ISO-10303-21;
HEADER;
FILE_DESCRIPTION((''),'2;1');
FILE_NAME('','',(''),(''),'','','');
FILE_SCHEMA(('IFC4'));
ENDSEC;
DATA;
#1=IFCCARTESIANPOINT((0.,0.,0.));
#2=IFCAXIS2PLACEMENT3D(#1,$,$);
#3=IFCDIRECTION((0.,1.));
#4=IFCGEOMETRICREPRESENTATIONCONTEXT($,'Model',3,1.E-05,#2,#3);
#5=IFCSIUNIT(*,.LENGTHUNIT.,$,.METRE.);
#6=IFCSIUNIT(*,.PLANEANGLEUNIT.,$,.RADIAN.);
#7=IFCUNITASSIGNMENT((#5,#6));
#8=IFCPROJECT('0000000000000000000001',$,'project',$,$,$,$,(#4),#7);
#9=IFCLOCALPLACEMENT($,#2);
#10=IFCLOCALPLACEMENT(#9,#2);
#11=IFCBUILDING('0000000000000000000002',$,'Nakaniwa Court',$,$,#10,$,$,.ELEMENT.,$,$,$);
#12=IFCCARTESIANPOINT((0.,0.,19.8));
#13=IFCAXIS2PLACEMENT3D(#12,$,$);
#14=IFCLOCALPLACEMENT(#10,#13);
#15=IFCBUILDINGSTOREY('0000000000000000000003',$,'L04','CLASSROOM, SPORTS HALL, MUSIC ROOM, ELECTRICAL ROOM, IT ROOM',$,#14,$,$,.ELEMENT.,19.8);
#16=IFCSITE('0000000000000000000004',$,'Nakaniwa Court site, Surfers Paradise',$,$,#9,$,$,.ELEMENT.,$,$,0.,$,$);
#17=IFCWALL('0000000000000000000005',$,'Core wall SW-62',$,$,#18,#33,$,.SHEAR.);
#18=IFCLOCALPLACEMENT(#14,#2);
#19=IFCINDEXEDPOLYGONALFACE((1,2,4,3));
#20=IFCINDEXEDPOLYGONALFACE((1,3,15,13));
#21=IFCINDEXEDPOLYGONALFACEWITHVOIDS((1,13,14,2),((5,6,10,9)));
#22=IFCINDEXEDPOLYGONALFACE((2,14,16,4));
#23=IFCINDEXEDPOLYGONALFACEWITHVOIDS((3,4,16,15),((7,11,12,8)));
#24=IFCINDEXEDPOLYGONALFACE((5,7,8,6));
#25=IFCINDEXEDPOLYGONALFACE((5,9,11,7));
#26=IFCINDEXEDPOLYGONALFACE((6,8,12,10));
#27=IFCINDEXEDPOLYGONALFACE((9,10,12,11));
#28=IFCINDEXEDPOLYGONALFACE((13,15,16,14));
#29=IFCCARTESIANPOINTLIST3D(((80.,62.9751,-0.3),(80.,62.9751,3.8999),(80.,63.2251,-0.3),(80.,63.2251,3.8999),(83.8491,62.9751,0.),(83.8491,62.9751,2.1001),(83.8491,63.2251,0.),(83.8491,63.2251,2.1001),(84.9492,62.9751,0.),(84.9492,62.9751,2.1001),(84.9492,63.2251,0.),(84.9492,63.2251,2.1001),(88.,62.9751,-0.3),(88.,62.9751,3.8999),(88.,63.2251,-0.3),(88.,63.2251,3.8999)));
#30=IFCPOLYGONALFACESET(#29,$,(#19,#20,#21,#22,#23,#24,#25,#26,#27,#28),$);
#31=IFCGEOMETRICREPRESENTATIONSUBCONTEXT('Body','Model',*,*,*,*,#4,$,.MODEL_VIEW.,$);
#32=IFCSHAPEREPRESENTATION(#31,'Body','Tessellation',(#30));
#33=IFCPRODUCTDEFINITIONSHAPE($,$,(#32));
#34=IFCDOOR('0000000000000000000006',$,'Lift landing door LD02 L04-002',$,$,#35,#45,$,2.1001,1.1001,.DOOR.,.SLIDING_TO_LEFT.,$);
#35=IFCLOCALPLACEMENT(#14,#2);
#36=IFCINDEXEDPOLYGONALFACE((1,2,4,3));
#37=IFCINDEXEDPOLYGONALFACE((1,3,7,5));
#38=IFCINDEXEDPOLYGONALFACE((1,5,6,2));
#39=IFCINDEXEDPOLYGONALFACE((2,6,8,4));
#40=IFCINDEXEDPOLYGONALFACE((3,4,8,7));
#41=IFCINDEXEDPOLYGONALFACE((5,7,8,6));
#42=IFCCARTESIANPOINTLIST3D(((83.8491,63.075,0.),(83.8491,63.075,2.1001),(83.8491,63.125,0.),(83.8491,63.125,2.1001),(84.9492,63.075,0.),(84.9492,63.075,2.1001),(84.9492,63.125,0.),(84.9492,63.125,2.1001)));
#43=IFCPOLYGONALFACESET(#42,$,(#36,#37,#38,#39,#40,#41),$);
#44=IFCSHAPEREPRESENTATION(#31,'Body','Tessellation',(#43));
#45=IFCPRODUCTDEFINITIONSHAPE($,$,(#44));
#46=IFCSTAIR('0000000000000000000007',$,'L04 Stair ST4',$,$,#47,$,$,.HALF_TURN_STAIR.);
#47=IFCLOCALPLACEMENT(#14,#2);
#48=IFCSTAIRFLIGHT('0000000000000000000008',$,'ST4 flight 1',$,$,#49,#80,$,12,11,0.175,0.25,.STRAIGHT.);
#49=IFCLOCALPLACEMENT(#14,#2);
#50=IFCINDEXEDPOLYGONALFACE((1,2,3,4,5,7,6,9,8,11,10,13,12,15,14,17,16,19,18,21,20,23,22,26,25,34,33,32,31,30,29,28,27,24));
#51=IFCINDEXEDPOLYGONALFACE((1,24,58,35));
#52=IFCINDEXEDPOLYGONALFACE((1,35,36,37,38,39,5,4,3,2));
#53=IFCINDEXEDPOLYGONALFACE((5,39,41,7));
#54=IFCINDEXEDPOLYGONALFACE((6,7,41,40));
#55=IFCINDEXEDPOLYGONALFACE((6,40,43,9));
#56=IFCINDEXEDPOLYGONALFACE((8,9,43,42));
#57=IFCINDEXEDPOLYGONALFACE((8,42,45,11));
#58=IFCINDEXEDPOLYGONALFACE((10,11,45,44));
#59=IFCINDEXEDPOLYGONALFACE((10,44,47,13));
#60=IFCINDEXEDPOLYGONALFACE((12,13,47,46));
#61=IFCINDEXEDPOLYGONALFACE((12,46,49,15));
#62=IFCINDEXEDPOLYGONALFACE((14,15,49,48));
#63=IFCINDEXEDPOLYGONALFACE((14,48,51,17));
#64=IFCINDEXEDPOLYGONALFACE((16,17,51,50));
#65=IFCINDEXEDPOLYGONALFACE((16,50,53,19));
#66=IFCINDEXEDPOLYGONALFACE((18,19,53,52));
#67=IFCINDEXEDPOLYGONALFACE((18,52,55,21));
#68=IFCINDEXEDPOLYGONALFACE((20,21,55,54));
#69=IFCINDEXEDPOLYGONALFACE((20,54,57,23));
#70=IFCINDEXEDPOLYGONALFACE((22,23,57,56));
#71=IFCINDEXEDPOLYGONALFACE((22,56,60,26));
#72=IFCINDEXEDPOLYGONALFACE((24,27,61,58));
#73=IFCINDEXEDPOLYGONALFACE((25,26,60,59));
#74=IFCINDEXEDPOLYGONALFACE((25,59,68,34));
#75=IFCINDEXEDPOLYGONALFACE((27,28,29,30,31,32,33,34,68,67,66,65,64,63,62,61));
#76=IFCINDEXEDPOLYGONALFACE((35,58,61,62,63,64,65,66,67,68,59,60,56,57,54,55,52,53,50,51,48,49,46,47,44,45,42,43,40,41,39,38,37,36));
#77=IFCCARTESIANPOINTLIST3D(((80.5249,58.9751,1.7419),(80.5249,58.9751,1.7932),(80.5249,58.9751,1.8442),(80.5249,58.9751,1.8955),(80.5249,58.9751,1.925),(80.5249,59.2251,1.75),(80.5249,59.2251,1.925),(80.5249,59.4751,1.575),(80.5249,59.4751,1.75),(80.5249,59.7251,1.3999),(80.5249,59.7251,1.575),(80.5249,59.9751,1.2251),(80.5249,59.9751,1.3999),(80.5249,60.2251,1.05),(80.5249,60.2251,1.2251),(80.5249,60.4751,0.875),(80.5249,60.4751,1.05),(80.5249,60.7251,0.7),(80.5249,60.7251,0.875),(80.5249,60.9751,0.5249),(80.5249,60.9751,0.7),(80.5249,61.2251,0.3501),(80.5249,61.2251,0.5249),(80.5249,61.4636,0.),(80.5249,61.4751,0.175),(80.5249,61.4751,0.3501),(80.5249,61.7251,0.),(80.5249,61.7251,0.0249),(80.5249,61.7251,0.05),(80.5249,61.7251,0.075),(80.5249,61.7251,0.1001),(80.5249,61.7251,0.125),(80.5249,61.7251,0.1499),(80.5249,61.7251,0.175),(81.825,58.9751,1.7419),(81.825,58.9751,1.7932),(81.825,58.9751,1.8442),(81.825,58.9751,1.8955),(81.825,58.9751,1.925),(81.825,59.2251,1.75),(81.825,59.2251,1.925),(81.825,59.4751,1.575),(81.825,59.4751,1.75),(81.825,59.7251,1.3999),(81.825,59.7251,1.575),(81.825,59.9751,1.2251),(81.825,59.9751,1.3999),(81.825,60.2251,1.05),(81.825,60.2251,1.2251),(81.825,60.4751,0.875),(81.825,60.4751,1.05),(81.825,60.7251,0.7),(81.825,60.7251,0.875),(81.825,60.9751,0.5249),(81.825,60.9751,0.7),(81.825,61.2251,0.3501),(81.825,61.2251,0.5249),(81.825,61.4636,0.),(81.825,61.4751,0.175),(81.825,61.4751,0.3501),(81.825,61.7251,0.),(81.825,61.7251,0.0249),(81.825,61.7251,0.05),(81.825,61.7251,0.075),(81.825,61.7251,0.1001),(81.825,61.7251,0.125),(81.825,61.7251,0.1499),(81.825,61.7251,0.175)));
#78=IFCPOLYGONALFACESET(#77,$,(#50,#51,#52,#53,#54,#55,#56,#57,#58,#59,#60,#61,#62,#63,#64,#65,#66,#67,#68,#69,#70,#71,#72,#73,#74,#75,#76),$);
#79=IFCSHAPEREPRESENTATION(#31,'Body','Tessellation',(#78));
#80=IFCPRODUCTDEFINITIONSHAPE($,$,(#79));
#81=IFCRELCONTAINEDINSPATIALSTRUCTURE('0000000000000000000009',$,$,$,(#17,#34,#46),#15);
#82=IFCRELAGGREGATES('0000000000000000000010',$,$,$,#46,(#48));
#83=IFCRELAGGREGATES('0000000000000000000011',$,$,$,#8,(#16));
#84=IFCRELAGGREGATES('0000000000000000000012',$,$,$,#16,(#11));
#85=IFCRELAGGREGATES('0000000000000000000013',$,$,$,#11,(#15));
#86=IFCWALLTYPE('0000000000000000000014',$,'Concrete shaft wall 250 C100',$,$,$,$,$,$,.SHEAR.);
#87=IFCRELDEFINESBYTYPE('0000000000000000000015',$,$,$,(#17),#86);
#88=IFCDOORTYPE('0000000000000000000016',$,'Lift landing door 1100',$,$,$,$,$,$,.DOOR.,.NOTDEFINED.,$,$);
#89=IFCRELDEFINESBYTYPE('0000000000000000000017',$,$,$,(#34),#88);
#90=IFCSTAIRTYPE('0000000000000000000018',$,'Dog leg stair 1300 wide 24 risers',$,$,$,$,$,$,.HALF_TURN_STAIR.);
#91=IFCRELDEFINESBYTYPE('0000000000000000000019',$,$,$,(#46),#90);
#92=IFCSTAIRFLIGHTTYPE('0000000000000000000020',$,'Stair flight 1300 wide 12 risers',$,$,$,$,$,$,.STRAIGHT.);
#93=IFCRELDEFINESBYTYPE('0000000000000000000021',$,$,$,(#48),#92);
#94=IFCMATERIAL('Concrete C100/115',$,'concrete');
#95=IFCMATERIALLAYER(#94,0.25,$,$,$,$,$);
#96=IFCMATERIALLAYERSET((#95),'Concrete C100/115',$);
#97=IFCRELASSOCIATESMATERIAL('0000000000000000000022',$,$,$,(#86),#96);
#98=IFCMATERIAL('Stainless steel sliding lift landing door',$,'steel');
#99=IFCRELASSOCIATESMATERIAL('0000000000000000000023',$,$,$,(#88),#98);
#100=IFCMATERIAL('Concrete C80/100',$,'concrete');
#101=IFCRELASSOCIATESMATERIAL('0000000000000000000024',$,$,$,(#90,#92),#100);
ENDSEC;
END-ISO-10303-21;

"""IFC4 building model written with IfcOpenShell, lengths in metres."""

from ifc_helpers import new_model, si_unit, direction, frame, frame_2d, origin, place, context, subcontext, project, spatial, polyline, rectangle, outline, extrude, material, layer, layer_set, type_object, element, fill, aggregate, save


model = new_model("IFC4")

# Units and contexts
model_context = context("Model", 3, precision=1e-05, world=origin(), true_north=direction((0.0, 1.0)))
body_context = subcontext(model_context, "Body", "Model", "MODEL_VIEW")
ifc_project = project(units=[si_unit("LENGTHUNIT", "METRE"), si_unit("PLANEANGLEUNIT", "RADIAN")], contexts=[model_context])

# Site, building, storey
site_placement = place(None, origin())
site = spatial("IfcSite", under=ifc_project, at=site_placement, Name="Nakaniwa Court site, Surfers Paradise", CompositionType="ELEMENT", RefElevation=0.0)
building_placement = place(site_placement, origin())
building = spatial("IfcBuilding", under=site, at=building_placement, Name="Nakaniwa Court", CompositionType="ELEMENT")
storey_placement = place(building_placement, frame((0.0, 0.0, 19.8)))
storey = spatial("IfcBuildingStorey", under=building, at=storey_placement, Name="L04", Description="CLASSROOM, SPORTS HALL, MUSIC ROOM, ELECTRICAL ROOM, IT ROOM", CompositionType="ELEMENT", Elevation=19.8)

# Shared definitions
ifc_material_1 = material(Name="Concrete C100/115", Category="concrete")
ifc_layer_1 = layer(ifc_material_1, 0.25)
ifc_layer_set_1 = layer_set([ifc_layer_1], Name="Concrete C100/115")
wall_type_1 = type_object("IfcWallType", Name="Concrete shaft wall 250 C100", PredefinedType="SHEAR", material=ifc_layer_set_1)

# Wall, opening, door
wall_1_placement = place(storey_placement, frame((80.0, 63.1001, -0.3), z_axis=(0.0, 0.0, 1.0), x_axis=(1.0, 0.0, 0.0)))
wall_1 = element("IfcWall", 1, at=wall_1_placement, inside=storey, type_object=wall_type_1, Name="Core wall SW-62", PredefinedType="SHEAR", context=body_context, shape_type="SweptSolid", body=[
    extrude(rectangle(XDim=8.0, YDim=0.25, at=frame_2d((4.0, 0.0))), origin(), (0.0, 0.0, 1.0), 4.2),
])
opening_1_placement = place(wall_1_placement, frame((3.8491, 0.0, 0.3)))
opening_1 = element("IfcOpeningElement", 2, at=opening_1_placement, cuts=wall_1, PredefinedType="OPENING", context=body_context, shape_type="SweptSolid", body=[
    extrude(rectangle(XDim=1.1001, YDim=2.1001, at=frame_2d((0.55, 1.05))), frame((0.0, 0.135, 0.0), z_axis=(0.0, -1.0, 0.0), x_axis=(1.0, 0.0, 0.0)), (0.0, 0.0, 1.0), 0.27),
])
ifc_material_2 = material(Name="Stainless steel sliding lift landing door", Category="steel")
door_type_1 = type_object("IfcDoorType", Name="Lift landing door 1100", OperationType="NOTDEFINED", PredefinedType="DOOR", material=ifc_material_2)
door_1_placement = place(opening_1_placement, origin())
door_1 = element("IfcDoor", 3, at=door_1_placement, inside=storey, type_object=door_type_1, Name="Lift landing door LD02 L04-002", OperationType="SLIDING_TO_LEFT", OverallHeight=2.1001, OverallWidth=1.1001, PredefinedType="DOOR", context=body_context, shape_type="SweptSolid", body=[
    extrude(rectangle(XDim=1.1001, YDim=2.1001, at=frame_2d((0.55, 1.05))), frame((0.0, 0.0249, 0.0), z_axis=(0.0, -1.0, 0.0), x_axis=(1.0, 0.0, 0.0)), (0.0, 0.0, 1.0), 0.05),
])
fill(opening_1, door_1)

# Stair, stair flight
ifc_material_3 = material(Name="Concrete C80/100", Category="concrete")
stair_type = type_object("IfcStairType", Name="Dog leg stair 1300 wide 24 risers", PredefinedType="HALF_TURN_STAIR", material=ifc_material_3)
stair_placement = place(storey_placement, origin())
stair = element("IfcStair", 4, at=stair_placement, inside=storey, type_object=stair_type, Name="L04 Stair ST4", PredefinedType="HALF_TURN_STAIR")
stair_flight_type = type_object("IfcStairFlightType", Name="Stair flight 1300 wide 12 risers", PredefinedType="STRAIGHT", material=ifc_material_3)
stair_flight_placement = place(storey_placement, frame((81.175, 61.7251, 0.0), z_axis=(0.0, 0.0, 1.0), x_axis=(0.0, -1.0, 0.0)))
stair_flight = element("IfcStairFlight", 5, at=stair_flight_placement, type_object=stair_flight_type, Name="ST4 flight 1", NumberOfRisers=12, NumberOfTreads=11, PredefinedType="STRAIGHT", RiserHeight=0.175, TreadLength=0.25, context=body_context, shape_type="SweptSolid", body=[
    extrude(outline(polyline([(0.0, 0.0), (0.0, 0.0249), (0.0, 0.05), (0.0, 0.075), (0.0, 0.1001), (0.0, 0.125), (0.0, 0.1499), (0.0, 0.175), (0.25, 0.175), (0.25, 0.3501), (0.5, 0.3501), (0.5, 0.5249), (0.75, 0.5249), (0.75, 0.7), (1.0, 0.7), (1.0, 0.875), (1.25, 0.875), (1.25, 1.05), (1.5, 1.05), (1.5, 1.2251), (1.75, 1.2251), (1.75, 1.3999), (2.0, 1.3999), (2.0, 1.575), (2.25, 1.575), (2.25, 1.75), (2.5, 1.75), (2.5, 1.925), (2.75, 1.925), (2.75, 2.1001), (2.75, 2.0488), (2.75, 1.9978), (2.75, 1.9465), (2.75, 1.8955), (2.75, 1.8442), (2.75, 1.7932), (2.75, 1.7419), (0.2615, 0.0), (0.0, 0.0)])), frame((0.0, 0.6499, 0.0), z_axis=(0.0, -1.0, 0.0), x_axis=(1.0, 0.0, 0.0)), (0.0, 0.0, 1.0), 1.3),
])
aggregate(stair, [stair_flight])

save(model, "model.ifc")
